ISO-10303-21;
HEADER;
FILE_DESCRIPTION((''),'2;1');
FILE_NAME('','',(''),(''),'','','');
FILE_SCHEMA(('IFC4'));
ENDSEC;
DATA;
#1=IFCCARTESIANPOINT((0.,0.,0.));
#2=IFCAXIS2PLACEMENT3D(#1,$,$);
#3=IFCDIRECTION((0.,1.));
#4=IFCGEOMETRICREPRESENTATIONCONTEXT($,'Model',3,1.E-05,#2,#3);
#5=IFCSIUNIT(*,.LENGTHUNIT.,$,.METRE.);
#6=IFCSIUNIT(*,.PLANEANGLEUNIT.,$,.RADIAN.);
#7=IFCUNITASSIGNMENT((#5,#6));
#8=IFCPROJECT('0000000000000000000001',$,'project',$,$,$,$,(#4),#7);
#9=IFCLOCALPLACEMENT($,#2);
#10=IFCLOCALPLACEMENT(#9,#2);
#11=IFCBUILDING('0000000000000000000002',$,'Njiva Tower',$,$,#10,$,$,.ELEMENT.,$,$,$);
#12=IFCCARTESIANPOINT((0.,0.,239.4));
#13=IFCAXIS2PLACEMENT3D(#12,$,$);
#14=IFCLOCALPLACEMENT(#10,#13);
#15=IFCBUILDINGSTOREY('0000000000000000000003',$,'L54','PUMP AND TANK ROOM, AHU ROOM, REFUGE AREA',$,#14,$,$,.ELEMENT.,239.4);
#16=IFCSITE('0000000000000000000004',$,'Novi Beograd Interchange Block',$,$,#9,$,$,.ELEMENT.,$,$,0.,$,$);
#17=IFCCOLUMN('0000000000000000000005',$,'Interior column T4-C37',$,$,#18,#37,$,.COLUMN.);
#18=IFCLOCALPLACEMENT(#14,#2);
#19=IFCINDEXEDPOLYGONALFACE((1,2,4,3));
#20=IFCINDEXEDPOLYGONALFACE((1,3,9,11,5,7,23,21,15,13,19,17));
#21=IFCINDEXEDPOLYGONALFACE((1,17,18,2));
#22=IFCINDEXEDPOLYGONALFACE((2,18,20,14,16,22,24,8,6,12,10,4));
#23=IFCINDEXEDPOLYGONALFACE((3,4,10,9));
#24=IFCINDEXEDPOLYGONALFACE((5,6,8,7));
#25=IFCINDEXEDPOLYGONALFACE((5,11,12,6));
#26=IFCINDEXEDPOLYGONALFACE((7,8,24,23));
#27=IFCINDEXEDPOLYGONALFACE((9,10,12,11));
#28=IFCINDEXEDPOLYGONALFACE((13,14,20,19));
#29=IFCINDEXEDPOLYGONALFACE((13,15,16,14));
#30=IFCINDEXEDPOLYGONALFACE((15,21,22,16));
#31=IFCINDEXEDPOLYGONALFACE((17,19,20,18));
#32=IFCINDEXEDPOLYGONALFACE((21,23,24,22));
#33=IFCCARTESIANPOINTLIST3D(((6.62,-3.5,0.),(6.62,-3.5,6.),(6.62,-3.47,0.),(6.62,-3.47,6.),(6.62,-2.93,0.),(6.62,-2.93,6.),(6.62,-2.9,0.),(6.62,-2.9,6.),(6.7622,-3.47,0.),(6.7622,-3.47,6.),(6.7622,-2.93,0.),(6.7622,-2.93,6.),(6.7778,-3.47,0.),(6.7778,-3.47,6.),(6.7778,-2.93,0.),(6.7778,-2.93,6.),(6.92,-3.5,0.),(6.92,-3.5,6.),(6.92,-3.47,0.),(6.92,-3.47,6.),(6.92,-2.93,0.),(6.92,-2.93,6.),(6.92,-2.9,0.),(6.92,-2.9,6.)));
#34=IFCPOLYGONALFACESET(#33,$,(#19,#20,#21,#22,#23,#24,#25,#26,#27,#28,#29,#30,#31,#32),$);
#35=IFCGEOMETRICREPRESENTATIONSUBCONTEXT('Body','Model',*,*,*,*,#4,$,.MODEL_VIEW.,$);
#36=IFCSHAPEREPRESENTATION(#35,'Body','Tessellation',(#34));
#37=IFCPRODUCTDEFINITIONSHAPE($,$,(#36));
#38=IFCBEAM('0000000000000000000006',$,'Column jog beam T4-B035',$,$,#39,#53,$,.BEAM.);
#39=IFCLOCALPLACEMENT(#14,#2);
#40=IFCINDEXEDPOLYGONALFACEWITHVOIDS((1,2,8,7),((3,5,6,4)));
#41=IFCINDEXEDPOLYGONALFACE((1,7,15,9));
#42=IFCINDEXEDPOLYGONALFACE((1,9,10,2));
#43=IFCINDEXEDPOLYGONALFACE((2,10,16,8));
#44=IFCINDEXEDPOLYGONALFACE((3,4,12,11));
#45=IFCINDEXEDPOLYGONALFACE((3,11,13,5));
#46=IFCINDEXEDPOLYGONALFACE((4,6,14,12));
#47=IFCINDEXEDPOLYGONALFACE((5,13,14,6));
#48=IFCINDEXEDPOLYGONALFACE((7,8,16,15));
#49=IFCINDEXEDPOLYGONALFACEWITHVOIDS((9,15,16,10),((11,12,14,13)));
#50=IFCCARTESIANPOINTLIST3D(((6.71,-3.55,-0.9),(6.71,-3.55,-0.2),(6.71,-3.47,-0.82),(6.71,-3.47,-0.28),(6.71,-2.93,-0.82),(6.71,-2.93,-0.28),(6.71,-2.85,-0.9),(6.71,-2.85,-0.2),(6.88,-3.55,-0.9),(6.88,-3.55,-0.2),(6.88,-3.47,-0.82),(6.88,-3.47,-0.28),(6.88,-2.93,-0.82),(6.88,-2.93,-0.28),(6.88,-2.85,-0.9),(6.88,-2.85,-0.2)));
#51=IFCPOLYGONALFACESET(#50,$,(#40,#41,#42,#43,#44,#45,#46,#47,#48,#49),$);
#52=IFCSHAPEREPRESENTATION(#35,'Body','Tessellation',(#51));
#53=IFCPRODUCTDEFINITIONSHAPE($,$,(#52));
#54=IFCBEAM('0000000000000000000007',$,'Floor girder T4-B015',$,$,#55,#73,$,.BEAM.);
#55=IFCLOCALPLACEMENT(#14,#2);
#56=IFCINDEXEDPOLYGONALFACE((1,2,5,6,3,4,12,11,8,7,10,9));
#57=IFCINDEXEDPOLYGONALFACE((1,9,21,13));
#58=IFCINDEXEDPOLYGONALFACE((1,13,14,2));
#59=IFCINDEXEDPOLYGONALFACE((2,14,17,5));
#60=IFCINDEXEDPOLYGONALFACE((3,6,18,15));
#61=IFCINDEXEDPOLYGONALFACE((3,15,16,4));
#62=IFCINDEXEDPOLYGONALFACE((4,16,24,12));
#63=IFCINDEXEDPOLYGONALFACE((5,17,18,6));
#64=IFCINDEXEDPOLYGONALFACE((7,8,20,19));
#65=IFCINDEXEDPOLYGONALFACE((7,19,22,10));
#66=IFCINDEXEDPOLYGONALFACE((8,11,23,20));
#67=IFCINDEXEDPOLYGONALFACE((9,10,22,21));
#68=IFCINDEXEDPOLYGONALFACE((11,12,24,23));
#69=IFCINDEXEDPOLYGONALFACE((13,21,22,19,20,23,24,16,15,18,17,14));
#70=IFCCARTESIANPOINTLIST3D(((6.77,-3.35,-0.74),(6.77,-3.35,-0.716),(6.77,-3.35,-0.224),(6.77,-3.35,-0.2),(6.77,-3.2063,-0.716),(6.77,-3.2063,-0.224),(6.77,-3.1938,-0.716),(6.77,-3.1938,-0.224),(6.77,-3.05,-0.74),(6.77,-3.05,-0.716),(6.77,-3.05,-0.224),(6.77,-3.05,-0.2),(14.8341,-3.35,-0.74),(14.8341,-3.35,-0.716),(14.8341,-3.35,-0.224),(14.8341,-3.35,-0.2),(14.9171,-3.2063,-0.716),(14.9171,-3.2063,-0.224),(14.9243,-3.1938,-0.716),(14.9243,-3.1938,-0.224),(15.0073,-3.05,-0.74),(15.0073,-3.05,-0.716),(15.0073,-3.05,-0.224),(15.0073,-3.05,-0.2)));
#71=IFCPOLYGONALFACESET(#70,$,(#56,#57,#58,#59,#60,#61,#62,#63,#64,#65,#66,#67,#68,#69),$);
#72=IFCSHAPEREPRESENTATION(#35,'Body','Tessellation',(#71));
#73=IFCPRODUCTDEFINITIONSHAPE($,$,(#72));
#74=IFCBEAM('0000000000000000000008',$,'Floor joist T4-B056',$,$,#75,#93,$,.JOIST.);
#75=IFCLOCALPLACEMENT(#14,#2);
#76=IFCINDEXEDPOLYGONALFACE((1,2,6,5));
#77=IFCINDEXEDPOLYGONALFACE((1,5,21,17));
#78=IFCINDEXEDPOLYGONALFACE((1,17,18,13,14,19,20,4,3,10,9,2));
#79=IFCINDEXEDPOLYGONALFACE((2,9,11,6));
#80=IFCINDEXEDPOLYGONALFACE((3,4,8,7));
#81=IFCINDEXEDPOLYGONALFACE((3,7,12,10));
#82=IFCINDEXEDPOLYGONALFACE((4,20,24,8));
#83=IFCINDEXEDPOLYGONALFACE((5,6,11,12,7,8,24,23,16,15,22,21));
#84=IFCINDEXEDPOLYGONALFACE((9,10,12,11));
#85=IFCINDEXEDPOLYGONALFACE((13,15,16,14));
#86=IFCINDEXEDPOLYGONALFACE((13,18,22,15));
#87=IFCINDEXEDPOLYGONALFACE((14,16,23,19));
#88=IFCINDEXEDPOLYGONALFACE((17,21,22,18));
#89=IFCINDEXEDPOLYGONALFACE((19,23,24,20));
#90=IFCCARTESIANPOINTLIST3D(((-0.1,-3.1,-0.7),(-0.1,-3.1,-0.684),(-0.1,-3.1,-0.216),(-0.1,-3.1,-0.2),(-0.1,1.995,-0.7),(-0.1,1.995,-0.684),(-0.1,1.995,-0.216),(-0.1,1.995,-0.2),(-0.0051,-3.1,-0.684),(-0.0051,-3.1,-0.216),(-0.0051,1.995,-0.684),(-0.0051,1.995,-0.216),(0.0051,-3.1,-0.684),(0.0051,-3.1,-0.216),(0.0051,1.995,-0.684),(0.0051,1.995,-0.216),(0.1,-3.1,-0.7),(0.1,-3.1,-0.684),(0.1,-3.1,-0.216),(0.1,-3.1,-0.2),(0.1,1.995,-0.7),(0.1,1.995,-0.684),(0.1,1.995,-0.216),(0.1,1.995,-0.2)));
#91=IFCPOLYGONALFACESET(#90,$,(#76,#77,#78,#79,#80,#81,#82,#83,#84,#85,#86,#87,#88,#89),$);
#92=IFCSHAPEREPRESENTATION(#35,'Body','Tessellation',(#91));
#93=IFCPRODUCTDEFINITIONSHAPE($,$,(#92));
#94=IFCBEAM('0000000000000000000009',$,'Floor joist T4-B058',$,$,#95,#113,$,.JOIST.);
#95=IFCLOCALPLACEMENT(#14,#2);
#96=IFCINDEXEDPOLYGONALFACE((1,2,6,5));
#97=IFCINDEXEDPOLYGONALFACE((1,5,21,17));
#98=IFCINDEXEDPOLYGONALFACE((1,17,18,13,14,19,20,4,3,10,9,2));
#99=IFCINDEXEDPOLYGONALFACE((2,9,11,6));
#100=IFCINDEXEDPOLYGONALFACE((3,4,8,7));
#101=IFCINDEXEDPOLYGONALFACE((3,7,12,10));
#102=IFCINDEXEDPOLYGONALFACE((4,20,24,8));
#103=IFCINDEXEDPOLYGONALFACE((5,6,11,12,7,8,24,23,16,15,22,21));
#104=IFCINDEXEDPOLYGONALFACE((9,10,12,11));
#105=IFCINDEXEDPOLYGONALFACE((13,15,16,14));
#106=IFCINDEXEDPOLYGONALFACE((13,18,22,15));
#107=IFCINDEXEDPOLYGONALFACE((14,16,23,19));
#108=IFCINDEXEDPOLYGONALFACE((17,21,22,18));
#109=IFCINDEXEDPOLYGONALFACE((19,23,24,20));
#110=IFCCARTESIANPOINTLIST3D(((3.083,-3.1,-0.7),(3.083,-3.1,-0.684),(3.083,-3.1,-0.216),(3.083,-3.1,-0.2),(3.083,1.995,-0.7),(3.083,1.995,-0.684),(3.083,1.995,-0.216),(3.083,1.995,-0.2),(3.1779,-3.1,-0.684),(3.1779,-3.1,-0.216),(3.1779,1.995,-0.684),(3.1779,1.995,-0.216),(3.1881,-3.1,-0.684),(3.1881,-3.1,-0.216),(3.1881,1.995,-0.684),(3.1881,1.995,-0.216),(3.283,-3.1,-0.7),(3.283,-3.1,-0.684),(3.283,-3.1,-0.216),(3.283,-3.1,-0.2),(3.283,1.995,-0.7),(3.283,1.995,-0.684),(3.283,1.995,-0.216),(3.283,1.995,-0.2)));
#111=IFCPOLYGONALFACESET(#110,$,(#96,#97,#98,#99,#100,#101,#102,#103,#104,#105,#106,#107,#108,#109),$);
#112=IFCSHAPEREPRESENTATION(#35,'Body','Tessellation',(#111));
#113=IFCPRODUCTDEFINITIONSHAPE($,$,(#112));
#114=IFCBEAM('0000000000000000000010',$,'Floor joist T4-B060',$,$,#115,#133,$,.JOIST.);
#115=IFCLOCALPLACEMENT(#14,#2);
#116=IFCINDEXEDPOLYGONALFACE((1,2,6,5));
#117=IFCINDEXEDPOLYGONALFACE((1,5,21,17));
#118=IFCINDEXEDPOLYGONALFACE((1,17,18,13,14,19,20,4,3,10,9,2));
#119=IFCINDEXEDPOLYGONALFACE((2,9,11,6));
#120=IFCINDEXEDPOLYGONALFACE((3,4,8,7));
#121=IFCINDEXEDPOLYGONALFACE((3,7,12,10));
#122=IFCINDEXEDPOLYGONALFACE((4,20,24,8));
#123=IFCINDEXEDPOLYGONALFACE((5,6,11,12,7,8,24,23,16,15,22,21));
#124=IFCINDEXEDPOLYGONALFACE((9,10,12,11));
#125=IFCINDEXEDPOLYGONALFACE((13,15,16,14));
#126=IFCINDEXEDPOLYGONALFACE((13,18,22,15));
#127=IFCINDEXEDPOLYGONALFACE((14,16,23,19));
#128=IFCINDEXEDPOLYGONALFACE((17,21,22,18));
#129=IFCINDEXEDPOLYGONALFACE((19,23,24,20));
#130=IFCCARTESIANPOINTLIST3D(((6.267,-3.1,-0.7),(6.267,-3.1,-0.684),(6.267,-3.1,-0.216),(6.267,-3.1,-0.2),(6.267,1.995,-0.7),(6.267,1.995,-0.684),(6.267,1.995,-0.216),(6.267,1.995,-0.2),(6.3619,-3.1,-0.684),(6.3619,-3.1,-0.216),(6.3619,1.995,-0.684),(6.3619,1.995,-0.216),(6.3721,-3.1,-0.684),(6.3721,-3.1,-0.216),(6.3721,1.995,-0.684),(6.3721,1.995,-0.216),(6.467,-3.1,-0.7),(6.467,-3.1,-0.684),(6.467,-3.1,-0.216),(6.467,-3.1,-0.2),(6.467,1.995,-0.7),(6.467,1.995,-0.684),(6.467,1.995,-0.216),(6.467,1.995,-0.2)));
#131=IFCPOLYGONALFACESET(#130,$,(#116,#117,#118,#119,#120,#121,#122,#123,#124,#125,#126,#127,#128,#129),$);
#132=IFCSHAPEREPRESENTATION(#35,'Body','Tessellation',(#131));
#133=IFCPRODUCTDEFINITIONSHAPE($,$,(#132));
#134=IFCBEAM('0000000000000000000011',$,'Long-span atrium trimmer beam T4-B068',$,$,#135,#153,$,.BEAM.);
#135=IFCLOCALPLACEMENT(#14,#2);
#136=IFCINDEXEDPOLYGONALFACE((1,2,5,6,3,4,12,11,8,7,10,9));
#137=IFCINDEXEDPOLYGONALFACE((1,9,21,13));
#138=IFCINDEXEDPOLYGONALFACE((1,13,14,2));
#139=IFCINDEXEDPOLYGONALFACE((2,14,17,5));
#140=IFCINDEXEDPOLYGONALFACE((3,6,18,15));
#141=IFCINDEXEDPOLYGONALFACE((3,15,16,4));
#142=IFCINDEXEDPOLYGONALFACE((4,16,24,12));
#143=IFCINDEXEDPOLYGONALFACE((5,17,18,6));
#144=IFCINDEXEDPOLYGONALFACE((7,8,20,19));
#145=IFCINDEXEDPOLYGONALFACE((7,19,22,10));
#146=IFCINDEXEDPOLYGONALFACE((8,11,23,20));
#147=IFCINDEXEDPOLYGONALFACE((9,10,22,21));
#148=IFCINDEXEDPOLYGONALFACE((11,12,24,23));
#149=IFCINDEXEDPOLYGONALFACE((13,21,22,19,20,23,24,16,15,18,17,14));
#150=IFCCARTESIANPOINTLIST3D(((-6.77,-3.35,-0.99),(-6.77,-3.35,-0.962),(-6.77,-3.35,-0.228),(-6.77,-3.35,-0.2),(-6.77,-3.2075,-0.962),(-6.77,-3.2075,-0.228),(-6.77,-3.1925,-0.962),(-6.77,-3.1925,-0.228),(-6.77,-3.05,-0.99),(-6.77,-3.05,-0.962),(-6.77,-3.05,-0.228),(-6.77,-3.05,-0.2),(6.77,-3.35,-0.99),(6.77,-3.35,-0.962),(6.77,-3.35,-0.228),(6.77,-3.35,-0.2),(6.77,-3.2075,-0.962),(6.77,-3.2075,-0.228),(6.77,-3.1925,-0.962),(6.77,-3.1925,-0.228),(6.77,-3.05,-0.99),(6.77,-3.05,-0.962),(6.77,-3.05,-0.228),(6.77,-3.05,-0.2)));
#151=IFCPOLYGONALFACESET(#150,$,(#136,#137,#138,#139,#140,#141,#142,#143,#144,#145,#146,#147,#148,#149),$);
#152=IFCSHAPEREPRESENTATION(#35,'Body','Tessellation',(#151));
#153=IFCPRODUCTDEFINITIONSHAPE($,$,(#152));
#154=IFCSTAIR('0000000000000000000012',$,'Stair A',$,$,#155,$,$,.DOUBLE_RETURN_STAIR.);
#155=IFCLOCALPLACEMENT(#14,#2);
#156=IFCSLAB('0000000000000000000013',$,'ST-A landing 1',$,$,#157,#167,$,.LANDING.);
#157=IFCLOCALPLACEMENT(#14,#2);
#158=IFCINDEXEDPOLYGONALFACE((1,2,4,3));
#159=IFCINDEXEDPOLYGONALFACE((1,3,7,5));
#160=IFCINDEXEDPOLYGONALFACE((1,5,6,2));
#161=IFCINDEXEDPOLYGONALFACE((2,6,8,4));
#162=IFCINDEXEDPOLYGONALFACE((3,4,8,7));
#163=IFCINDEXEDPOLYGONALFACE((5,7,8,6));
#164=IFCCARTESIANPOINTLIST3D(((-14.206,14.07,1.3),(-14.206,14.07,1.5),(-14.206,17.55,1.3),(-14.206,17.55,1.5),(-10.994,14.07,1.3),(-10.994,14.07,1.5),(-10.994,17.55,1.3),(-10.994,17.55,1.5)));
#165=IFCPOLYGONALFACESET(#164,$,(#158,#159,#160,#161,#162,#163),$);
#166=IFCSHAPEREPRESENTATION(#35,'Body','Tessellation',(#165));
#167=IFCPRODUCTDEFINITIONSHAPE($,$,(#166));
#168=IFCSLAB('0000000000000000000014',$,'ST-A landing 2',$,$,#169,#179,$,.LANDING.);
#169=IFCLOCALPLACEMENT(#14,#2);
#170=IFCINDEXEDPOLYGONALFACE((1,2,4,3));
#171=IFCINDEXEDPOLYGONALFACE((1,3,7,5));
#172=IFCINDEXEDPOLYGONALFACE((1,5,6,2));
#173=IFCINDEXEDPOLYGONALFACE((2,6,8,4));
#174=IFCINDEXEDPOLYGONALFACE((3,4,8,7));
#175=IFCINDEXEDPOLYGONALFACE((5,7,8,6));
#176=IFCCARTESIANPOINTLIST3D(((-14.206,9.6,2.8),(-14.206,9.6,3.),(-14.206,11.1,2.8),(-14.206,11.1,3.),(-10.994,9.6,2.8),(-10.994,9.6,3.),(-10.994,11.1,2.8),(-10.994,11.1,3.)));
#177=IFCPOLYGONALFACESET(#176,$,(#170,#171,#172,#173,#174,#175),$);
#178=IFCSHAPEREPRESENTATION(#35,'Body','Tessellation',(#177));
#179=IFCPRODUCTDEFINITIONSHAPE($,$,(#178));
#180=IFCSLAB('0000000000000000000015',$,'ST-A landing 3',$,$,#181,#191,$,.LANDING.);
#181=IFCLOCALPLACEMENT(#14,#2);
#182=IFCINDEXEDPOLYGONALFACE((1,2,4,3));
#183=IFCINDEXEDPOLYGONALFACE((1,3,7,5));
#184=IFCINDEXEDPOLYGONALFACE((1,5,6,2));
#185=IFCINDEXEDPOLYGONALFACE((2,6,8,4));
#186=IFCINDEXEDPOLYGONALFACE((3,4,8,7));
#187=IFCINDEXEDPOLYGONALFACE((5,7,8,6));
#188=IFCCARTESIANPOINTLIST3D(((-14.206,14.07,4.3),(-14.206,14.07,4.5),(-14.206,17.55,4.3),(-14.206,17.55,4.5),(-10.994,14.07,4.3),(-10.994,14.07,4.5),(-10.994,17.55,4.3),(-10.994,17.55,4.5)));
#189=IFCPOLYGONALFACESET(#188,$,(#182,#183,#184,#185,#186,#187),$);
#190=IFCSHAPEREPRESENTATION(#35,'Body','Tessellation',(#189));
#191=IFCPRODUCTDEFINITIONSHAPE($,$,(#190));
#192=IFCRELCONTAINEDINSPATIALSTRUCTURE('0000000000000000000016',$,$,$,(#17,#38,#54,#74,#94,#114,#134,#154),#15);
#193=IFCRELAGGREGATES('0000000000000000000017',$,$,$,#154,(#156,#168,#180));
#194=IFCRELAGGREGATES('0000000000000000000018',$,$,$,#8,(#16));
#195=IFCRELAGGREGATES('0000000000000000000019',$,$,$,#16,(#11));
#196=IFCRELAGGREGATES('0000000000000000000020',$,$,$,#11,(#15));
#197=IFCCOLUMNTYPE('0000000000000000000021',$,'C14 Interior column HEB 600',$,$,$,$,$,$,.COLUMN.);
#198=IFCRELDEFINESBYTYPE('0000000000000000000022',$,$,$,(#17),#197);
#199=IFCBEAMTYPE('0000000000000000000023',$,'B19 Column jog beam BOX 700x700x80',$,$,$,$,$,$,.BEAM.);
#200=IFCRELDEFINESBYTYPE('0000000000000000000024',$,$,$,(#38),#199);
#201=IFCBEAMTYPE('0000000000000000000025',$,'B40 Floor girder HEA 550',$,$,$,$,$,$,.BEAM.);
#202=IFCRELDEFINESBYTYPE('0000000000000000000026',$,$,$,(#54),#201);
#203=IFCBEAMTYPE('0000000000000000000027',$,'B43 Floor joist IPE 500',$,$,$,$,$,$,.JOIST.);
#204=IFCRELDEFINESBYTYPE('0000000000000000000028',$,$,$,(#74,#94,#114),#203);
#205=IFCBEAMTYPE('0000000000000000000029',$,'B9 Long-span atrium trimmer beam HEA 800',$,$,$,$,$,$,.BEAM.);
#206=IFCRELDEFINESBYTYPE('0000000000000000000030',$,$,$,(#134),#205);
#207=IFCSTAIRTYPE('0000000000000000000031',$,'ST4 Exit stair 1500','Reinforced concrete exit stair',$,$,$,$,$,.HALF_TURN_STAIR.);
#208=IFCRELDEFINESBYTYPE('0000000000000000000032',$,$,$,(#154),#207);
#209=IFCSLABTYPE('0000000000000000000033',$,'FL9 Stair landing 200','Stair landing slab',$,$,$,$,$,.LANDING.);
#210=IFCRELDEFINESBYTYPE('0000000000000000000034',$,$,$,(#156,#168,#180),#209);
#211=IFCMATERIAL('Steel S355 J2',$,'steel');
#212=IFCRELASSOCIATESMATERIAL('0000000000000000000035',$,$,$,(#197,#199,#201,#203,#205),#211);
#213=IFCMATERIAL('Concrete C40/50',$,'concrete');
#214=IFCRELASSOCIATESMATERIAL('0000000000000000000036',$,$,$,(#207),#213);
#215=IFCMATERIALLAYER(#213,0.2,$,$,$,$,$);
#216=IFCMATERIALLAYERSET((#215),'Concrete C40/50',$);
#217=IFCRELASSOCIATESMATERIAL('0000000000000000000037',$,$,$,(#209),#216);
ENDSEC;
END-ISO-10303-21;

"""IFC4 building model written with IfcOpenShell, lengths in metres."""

from ifc_helpers import new_model, si_unit, direction, frame, origin, origin_2d, place, context, subcontext, project, spatial, polyline, hollow_rectangle, i_section, outline, extrude, clip, halfspace, material, layer, layer_set, material_profile, profile_set, type_object, element, aggregate, save


model = new_model("IFC4")

# Units and contexts
model_context = context("Model", 3, precision=1e-05, world=origin(), true_north=direction((0.0, 1.0)))
body_context = subcontext(model_context, "Body", "Model", "MODEL_VIEW")
ifc_project = project(units=[si_unit("LENGTHUNIT", "METRE"), si_unit("PLANEANGLEUNIT", "RADIAN")], contexts=[model_context])

# Site, building, storey
site_placement = place(None, origin())
site = spatial("IfcSite", under=ifc_project, at=site_placement, Name="Novi Beograd Interchange Block", CompositionType="ELEMENT", RefElevation=0.0)
building_placement = place(site_placement, origin())
building = spatial("IfcBuilding", under=site, at=building_placement, Name="Njiva Tower", CompositionType="ELEMENT")
storey_placement = place(building_placement, frame((0.0, 0.0, 239.4)))
storey = spatial("IfcBuildingStorey", under=building, at=storey_placement, Name="L54", Description="PUMP AND TANK ROOM, AHU ROOM, REFUGE AREA", CompositionType="ELEMENT", Elevation=239.4)

# Column
ifc_material_1 = material(Name="Steel S355 J2", Category="steel")
ifc_material_profile_1 = material_profile(ifc_material_1, i_section(OverallWidth=0.3, OverallDepth=0.6, WebThickness=0.0155, FlangeThickness=0.03, at=origin_2d()), Name="HEB 600")
ifc_profile_set_1 = profile_set([ifc_material_profile_1], Name="Steel S355 J2")
column_type = type_object("IfcColumnType", Name="C14 Interior column HEB 600", PredefinedType="COLUMN", material=ifc_profile_set_1)
column_placement = place(storey_placement, frame((6.77, -3.2, 0.0), z_axis=(0.0, 0.0, 1.0), x_axis=(1.0, 0.0, 0.0)))
element("IfcColumn", 1, at=column_placement, inside=storey, type_object=column_type, Name="Interior column T4-C37", PredefinedType="COLUMN", context=body_context, shape_type="SweptSolid", body=[
    extrude(i_section(OverallWidth=0.3, OverallDepth=0.6, WebThickness=0.0155, FlangeThickness=0.03, at=origin_2d()), origin(), (0.0, 0.0, 1.0), 6.0),
])

# Beams
ifc_material_profile_2 = material_profile(ifc_material_1, hollow_rectangle(XDim=0.7, YDim=0.7, WallThickness=0.08, at=origin_2d()), Name="BOX 700x700x80")
ifc_profile_set_2 = profile_set([ifc_material_profile_2], Name="Steel S355 J2")
beam_type_1 = type_object("IfcBeamType", Name="B19 Column jog beam BOX 700x700x80", PredefinedType="BEAM", material=ifc_profile_set_2)
beam_1_placement = place(storey_placement, frame((6.88, -3.2, -0.55), z_axis=(-1.0, 0.0, 0.0), x_axis=(0.0, -1.0, 0.0)))
element("IfcBeam", 2, at=beam_1_placement, inside=storey, type_object=beam_type_1, Name="Column jog beam T4-B035", PredefinedType="BEAM", context=body_context, shape_type="SweptSolid", body=[
    extrude(hollow_rectangle(XDim=0.7, YDim=0.7, WallThickness=0.08, at=origin_2d()), origin(), (0.0, 0.0, 1.0), 0.17),
])
ifc_material_profile_3 = material_profile(ifc_material_1, i_section(OverallWidth=0.3, OverallDepth=0.54, WebThickness=0.0125, FlangeThickness=0.024, at=origin_2d()), Name="HEA 550")
ifc_profile_set_3 = profile_set([ifc_material_profile_3], Name="Steel S355 J2")
beam_type_2 = type_object("IfcBeamType", Name="B40 Floor girder HEA 550", PredefinedType="BEAM", material=ifc_profile_set_3)
beam_2_placement = place(storey_placement, frame((6.77, -3.2, -0.47), z_axis=(1.0, 0.0, 0.0), x_axis=(0.0, 1.0, 0.0)))
element("IfcBeam", 3, at=beam_2_placement, inside=storey, type_object=beam_type_2, Name="Floor girder T4-B015", PredefinedType="BEAM", context=body_context, shape_type="Clipping", body=[
    clip(extrude(i_section(OverallWidth=0.3, OverallDepth=0.54, WebThickness=0.0125, FlangeThickness=0.024, at=origin_2d()), origin(), (0.0, 0.0, 1.0), 8.258), halfspace(frame((-0.025, 0.0, 8.1363), z_axis=(-0.499998, 0.0, 0.866027), x_axis=(0.0, 1.0, 0.0)), False)),
])
ifc_material_profile_4 = material_profile(ifc_material_1, i_section(OverallWidth=0.2, OverallDepth=0.5, WebThickness=0.0102, FlangeThickness=0.016, at=origin_2d()), Name="IPE 500")
ifc_profile_set_4 = profile_set([ifc_material_profile_4], Name="Steel S355 J2")
beam_type_3 = type_object("IfcBeamType", Name="B43 Floor joist IPE 500", PredefinedType="JOIST", material=ifc_profile_set_4)
for number, where, z_axis, x_axis, name in (
    (4, (0.0, 1.995, -0.45), (0.0, -1.0, 0.0), (1.0, 0.0, 0.0), "Floor joist T4-B056"),
    (5, (3.183, 1.995, -0.45), (0.0, -1.0, 0.0), (1.0, 0.0, 0.0), "Floor joist T4-B058"),
    (6, (6.367, 1.995, -0.45), (0.0, -1.0, 0.0), (1.0, 0.0, 0.0), "Floor joist T4-B060"),
):
    element("IfcBeam", number, at=place(storey_placement, frame(where, z_axis=z_axis, x_axis=x_axis)), inside=storey, type_object=beam_type_3, Name=name, PredefinedType="JOIST", context=body_context, shape_type="SweptSolid", body=[
        extrude(i_section(OverallWidth=0.2, OverallDepth=0.5, WebThickness=0.0102, FlangeThickness=0.016, at=origin_2d()), origin(), (0.0, 0.0, 1.0), 5.095),
    ])
ifc_material_profile_5 = material_profile(ifc_material_1, i_section(OverallWidth=0.3, OverallDepth=0.79, WebThickness=0.015, FlangeThickness=0.028, at=origin_2d()), Name="HEA 800")
ifc_profile_set_5 = profile_set([ifc_material_profile_5], Name="Steel S355 J2")
beam_type_4 = type_object("IfcBeamType", Name="B9 Long-span atrium trimmer beam HEA 800", PredefinedType="BEAM", material=ifc_profile_set_5)
beam_3_placement = place(storey_placement, frame((6.77, -3.2, -0.595), z_axis=(-1.0, 0.0, 0.0), x_axis=(0.0, -1.0, 0.0)))
element("IfcBeam", 7, at=beam_3_placement, inside=storey, type_object=beam_type_4, Name="Long-span atrium trimmer beam T4-B068", PredefinedType="BEAM", context=body_context, shape_type="SweptSolid", body=[
    extrude(i_section(OverallWidth=0.3, OverallDepth=0.79, WebThickness=0.015, FlangeThickness=0.028, at=origin_2d()), origin(), (0.0, 0.0, 1.0), 13.54),
])

# Stair, slabs
ifc_material_2 = material(Name="Concrete C40/50", Category="concrete")
stair_type_1 = type_object("IfcStairType", Name="ST4 Exit stair 1500", Description="Reinforced concrete exit stair", PredefinedType="HALF_TURN_STAIR", material=ifc_material_2)
stair_1_placement = place(storey_placement, origin())
stair_1 = element("IfcStair", 8, at=stair_1_placement, inside=storey, type_object=stair_type_1, Name="Stair A", PredefinedType="DOUBLE_RETURN_STAIR")
ifc_layer_1 = layer(ifc_material_2, 0.2)
ifc_layer_set_1 = layer_set([ifc_layer_1], Name="Concrete C40/50")
slab_type_1 = type_object("IfcSlabType", Name="FL9 Stair landing 200", Description="Stair landing slab", PredefinedType="LANDING", material=ifc_layer_set_1)
slab_1_placement = place(storey_placement, frame((0.0, 0.0, 1.3)))
slab_1 = element("IfcSlab", 9, at=slab_1_placement, type_object=slab_type_1, Name="ST-A landing 1", PredefinedType="LANDING", context=body_context, shape_type="SweptSolid", body=[
    extrude(outline(polyline([(-14.206, 14.07), (-10.994, 14.07), (-10.994, 17.55), (-14.206, 17.55), (-14.206, 14.07)])), origin(), (0.0, 0.0, 1.0), 0.2),
])
slab_2_placement = place(storey_placement, frame((0.0, 0.0, 2.8)))
slab_2 = element("IfcSlab", 10, at=slab_2_placement, type_object=slab_type_1, Name="ST-A landing 2", PredefinedType="LANDING", context=body_context, shape_type="SweptSolid", body=[
    extrude(outline(polyline([(-14.206, 9.6), (-10.994, 9.6), (-10.994, 11.1), (-14.206, 11.1), (-14.206, 9.6)])), origin(), (0.0, 0.0, 1.0), 0.2),
])
slab_3_placement = place(storey_placement, frame((0.0, 0.0, 4.3)))
slab_3 = element("IfcSlab", 11, at=slab_3_placement, type_object=slab_type_1, Name="ST-A landing 3", PredefinedType="LANDING", context=body_context, shape_type="SweptSolid", body=[
    extrude(outline(polyline([(-14.206, 14.07), (-10.994, 14.07), (-10.994, 17.55), (-14.206, 17.55), (-14.206, 14.07)])), origin(), (0.0, 0.0, 1.0), 0.2),
])
aggregate(stair_1, [slab_1, slab_2, slab_3])

save(model, "model.ifc")
